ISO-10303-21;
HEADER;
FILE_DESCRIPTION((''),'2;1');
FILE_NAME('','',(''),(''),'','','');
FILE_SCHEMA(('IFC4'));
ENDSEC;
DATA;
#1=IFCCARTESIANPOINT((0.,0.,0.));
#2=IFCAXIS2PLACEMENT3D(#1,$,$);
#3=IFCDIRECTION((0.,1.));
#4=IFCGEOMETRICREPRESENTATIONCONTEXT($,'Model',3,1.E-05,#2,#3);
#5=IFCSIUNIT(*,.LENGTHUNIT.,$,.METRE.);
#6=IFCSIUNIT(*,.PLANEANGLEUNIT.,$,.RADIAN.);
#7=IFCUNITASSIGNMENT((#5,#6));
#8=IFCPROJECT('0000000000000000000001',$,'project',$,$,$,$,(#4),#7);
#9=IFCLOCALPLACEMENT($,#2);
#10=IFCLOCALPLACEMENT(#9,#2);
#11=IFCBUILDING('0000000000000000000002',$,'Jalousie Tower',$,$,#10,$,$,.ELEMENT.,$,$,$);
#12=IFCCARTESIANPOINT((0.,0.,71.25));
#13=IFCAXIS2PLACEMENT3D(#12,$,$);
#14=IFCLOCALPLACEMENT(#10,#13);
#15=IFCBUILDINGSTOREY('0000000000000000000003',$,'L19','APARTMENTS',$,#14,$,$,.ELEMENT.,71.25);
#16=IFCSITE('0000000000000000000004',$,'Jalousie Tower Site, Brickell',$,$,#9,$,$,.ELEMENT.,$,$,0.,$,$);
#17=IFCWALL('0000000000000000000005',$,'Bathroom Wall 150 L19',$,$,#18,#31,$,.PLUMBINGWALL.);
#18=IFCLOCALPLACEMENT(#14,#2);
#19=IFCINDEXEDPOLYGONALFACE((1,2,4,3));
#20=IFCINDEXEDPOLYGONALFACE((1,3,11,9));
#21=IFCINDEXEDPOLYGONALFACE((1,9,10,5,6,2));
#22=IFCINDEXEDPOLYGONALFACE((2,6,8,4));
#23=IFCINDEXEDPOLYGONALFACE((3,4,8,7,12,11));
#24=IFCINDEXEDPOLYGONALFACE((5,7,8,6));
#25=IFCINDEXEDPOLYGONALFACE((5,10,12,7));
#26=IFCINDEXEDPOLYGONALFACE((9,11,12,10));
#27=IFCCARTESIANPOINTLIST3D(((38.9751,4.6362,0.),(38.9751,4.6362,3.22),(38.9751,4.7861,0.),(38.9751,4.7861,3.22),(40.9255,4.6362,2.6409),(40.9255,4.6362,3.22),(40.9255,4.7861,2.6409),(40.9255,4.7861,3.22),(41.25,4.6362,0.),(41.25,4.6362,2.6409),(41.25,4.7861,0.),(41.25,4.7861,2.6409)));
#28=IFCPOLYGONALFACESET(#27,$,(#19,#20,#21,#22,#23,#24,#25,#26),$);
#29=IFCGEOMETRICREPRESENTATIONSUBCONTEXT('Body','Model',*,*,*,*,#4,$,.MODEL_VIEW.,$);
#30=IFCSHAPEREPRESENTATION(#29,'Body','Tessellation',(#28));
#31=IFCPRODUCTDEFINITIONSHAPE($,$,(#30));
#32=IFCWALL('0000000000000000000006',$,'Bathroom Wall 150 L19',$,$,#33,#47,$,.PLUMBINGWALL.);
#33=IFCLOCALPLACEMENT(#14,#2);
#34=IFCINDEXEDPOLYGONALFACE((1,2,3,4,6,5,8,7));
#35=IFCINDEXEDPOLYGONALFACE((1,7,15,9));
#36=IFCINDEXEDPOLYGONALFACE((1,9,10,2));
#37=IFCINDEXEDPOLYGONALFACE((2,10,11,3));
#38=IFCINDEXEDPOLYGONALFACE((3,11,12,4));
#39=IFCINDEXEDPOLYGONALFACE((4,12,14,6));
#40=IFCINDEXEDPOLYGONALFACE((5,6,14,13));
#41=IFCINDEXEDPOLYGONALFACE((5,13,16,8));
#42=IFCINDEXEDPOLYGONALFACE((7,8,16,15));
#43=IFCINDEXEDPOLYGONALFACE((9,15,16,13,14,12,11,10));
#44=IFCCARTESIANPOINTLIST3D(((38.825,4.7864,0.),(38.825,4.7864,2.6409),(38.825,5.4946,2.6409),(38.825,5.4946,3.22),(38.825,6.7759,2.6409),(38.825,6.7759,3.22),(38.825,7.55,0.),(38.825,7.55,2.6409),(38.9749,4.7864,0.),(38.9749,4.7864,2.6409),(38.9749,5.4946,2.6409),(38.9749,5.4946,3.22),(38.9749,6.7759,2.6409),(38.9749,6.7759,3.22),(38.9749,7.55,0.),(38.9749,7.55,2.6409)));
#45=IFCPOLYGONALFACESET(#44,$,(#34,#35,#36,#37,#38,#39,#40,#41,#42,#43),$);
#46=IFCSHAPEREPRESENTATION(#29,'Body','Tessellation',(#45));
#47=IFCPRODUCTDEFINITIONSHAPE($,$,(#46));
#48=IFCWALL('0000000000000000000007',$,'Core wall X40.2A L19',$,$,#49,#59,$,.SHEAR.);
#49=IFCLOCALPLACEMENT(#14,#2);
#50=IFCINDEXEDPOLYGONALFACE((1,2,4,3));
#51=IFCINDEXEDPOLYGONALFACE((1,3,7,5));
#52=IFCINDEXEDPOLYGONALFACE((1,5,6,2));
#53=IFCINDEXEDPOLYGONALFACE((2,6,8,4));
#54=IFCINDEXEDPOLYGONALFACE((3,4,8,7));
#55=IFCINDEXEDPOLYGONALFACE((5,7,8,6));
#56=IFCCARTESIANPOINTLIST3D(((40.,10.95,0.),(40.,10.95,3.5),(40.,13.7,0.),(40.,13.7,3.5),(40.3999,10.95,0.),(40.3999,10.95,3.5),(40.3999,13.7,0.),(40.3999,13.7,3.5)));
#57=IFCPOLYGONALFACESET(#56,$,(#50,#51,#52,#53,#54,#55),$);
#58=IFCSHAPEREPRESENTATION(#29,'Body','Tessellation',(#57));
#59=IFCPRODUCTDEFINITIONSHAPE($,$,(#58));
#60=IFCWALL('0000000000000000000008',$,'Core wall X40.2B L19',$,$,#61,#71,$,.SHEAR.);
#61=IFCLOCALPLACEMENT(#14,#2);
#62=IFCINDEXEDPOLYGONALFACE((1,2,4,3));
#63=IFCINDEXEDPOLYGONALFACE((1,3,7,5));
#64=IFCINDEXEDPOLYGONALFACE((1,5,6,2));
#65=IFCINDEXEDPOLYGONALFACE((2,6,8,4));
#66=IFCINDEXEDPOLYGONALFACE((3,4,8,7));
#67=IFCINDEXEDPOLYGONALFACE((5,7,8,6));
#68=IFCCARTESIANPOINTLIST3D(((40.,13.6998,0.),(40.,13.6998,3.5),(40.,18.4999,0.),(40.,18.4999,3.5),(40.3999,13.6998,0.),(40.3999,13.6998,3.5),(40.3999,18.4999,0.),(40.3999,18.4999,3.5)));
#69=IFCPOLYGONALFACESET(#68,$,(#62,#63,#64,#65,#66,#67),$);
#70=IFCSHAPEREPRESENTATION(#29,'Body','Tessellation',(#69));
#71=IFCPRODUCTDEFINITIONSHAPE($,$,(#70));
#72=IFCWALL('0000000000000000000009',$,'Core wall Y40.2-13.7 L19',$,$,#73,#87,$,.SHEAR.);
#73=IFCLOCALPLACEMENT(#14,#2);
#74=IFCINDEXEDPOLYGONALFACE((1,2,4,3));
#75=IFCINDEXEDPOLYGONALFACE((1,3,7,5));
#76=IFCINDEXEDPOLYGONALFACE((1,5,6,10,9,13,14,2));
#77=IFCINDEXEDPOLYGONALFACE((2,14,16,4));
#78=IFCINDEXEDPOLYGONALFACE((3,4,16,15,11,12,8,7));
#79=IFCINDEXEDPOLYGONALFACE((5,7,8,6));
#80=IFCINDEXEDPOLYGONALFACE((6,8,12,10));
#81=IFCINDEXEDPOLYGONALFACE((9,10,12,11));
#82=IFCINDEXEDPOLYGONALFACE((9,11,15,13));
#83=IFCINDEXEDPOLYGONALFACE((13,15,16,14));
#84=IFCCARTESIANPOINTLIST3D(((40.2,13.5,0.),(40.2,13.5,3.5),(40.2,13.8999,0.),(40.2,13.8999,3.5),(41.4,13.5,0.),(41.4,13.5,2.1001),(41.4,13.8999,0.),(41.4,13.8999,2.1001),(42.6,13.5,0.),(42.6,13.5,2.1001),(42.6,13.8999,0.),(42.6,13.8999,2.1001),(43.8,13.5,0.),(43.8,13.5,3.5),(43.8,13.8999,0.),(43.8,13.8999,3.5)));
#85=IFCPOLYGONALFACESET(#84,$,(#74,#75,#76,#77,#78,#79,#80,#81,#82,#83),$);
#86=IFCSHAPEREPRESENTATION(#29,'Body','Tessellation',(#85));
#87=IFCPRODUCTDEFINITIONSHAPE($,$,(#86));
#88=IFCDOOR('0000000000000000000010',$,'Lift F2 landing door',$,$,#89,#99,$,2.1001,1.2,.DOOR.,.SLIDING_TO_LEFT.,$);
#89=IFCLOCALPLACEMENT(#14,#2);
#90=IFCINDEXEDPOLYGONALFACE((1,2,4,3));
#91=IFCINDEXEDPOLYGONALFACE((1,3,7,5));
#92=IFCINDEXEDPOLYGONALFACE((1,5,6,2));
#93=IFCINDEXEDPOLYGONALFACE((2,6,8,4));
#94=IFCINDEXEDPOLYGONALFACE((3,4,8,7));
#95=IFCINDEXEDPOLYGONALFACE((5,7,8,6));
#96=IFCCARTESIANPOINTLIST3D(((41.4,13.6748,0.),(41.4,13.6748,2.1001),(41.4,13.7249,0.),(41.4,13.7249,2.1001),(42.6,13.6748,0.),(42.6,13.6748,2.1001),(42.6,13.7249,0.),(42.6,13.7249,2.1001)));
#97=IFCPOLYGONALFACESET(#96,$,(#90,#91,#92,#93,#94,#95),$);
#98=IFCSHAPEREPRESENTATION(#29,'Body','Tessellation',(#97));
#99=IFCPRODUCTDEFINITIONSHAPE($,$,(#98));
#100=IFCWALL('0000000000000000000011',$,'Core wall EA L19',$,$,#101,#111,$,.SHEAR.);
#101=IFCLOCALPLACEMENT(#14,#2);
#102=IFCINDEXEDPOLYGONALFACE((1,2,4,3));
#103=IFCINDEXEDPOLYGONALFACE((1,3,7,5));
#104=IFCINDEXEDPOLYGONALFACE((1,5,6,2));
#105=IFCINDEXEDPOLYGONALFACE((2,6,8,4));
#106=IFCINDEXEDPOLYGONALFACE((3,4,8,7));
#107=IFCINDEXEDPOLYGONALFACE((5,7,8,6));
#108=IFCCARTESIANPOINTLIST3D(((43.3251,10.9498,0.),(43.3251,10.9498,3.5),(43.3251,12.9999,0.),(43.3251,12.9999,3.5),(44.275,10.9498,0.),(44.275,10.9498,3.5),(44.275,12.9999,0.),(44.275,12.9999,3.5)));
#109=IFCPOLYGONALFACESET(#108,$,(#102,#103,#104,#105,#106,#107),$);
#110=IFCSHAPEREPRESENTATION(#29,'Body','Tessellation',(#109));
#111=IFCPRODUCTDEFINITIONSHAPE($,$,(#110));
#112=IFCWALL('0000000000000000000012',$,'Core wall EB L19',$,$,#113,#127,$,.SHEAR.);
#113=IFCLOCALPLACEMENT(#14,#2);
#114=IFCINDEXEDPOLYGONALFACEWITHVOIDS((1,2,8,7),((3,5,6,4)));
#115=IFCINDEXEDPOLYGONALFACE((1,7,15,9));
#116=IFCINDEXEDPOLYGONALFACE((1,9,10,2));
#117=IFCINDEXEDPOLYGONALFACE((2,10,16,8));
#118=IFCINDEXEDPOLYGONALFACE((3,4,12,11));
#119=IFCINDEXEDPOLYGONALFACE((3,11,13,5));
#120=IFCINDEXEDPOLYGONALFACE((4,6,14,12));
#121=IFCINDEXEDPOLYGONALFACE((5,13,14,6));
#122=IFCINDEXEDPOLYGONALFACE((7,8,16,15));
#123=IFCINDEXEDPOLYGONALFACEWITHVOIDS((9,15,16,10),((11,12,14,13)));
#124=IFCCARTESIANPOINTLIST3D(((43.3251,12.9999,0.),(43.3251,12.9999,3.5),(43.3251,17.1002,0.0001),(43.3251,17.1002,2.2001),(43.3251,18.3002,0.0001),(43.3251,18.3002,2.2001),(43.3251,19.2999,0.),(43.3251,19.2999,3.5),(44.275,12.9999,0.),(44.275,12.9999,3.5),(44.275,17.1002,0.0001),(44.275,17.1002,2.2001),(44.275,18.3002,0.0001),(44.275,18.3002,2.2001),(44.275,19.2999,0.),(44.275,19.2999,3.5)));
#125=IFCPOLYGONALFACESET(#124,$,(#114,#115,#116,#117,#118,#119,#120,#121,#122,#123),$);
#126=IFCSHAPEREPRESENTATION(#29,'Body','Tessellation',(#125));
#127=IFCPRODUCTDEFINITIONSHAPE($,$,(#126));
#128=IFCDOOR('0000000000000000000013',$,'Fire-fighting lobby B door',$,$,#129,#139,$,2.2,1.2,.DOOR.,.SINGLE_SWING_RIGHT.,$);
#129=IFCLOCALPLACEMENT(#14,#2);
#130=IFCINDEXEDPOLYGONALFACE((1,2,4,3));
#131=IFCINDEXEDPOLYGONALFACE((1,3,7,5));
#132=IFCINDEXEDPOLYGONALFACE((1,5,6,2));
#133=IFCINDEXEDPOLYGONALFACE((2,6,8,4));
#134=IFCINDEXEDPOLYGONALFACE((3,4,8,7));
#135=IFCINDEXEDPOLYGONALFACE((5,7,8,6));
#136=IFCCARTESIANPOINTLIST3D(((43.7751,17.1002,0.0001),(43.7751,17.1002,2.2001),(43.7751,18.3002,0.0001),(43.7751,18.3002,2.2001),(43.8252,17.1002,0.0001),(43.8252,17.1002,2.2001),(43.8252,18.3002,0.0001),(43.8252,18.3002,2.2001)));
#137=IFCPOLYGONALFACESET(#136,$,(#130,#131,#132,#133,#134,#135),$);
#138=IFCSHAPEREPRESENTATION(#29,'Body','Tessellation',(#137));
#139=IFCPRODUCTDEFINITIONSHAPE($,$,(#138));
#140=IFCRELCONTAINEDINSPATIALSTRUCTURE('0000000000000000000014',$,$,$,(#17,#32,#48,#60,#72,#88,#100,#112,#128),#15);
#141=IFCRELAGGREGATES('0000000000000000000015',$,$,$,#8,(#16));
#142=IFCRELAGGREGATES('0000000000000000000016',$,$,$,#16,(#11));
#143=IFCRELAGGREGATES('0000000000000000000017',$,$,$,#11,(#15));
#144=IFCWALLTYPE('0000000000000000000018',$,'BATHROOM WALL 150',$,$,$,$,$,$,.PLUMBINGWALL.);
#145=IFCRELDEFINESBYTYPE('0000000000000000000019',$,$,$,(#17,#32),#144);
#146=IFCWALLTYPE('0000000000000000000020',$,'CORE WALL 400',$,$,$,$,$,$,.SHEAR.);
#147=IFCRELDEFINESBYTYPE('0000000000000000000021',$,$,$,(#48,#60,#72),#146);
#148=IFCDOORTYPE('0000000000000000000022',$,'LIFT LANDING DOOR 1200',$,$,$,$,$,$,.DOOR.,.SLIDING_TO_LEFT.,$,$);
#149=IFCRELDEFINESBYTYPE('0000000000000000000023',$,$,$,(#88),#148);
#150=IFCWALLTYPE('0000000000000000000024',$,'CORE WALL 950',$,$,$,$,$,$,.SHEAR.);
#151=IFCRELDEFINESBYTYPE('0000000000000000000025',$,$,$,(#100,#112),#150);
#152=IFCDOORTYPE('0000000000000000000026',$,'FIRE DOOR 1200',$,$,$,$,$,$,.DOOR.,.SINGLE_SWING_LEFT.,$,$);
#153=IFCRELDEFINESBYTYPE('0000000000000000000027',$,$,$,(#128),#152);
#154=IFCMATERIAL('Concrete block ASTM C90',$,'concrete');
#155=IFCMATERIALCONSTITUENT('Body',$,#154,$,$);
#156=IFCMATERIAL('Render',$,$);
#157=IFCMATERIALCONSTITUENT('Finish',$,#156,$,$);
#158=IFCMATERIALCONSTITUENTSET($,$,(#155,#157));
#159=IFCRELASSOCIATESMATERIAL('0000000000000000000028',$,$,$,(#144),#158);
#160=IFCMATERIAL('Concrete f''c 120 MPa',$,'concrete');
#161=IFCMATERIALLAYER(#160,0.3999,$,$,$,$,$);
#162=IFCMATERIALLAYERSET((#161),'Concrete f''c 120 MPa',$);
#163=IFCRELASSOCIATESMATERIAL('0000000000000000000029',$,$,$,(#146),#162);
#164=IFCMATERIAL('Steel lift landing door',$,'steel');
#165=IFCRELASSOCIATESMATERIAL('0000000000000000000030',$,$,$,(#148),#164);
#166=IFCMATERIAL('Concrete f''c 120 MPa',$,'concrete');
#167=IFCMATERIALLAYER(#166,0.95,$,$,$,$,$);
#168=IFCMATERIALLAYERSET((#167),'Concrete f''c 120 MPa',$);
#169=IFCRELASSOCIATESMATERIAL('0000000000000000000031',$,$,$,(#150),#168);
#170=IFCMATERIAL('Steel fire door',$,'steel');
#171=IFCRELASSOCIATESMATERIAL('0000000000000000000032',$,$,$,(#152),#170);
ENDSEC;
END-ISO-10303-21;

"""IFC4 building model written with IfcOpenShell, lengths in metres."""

from ifc_helpers import new_model, si_unit, direction, frame, frame_2d, origin, place, context, subcontext, project, spatial, polyline, rectangle, outline, extrude, material, layer, layer_set, constituent, constituent_set, type_object, element, fill, save


model = new_model("IFC4")

# Units and contexts
model_context = context("Model", 3, precision=1e-05, world=origin(), true_north=direction((0.0, 1.0)))
body_context = subcontext(model_context, "Body", "Model", "MODEL_VIEW")
ifc_project = project(units=[si_unit("LENGTHUNIT", "METRE"), si_unit("PLANEANGLEUNIT", "RADIAN")], contexts=[model_context])

# Site, building, storey
site_placement = place(None, origin())
site = spatial("IfcSite", under=ifc_project, at=site_placement, Name="Jalousie Tower Site, Brickell", CompositionType="ELEMENT", RefElevation=0.0)
building_placement = place(site_placement, origin())
building = spatial("IfcBuilding", under=site, at=building_placement, Name="Jalousie Tower", CompositionType="ELEMENT")
storey_placement = place(building_placement, frame((0.0, 0.0, 71.25)))
storey = spatial("IfcBuildingStorey", under=building, at=storey_placement, Name="L19", Description="APARTMENTS", CompositionType="ELEMENT", Elevation=71.25)

# Walls
ifc_material_1 = material(Name="Concrete block ASTM C90", Category="concrete")
ifc_constituent_1 = constituent(ifc_material_1, Name="Body")
ifc_material_2 = material(Name="Render")
ifc_constituent_2 = constituent(ifc_material_2, Name="Finish")
ifc_constituent_set_1 = constituent_set(constituents=[ifc_constituent_1, ifc_constituent_2])
wall_type_1 = type_object("IfcWallType", Name="BATHROOM WALL 150", PredefinedType="PLUMBINGWALL", material=ifc_constituent_set_1)
wall_1_placement = place(storey_placement, frame((38.9751, 4.7112, 0.0), z_axis=(0.0, 0.0, 1.0), x_axis=(1.0, 0.0, 0.0)))
element("IfcWall", 1, at=wall_1_placement, inside=storey, type_object=wall_type_1, Name="Bathroom Wall 150 L19", PredefinedType="PLUMBINGWALL", context=body_context, shape_type="SweptSolid", body=[
    extrude(outline(polyline([(0.0, 0.0), (2.2749, 0.0), (2.2749, 2.6409), (1.9504, 2.6409), (1.9504, 3.22), (0.0, 3.22), (0.0, 0.0)])), frame((0.0, 0.075, 0.0), z_axis=(0.0, -1.0, 0.0), x_axis=(1.0, 0.0, 0.0)), (0.0, 0.0, 1.0), 0.1499),
])
wall_2_placement = place(storey_placement, frame((38.8999, 4.7864, 0.0), z_axis=(0.0, 0.0, 1.0), x_axis=(0.0, 1.0, 0.0)))
element("IfcWall", 2, at=wall_2_placement, inside=storey, type_object=wall_type_1, Name="Bathroom Wall 150 L19", PredefinedType="PLUMBINGWALL", context=body_context, shape_type="SweptSolid", body=[
    extrude(outline(polyline([(0.0, 0.0), (2.7637, 0.0), (2.7637, 2.6409), (1.9895, 2.6409), (1.9895, 3.22), (0.7083, 3.22), (0.7083, 2.6409), (0.0, 2.6409), (0.0, 0.0)])), frame((0.0, 0.075, 0.0), z_axis=(0.0, -1.0, 0.0), x_axis=(1.0, 0.0, 0.0)), (0.0, 0.0, 1.0), 0.1499),
])
ifc_material_3 = material(Name="Concrete f'c 120 MPa", Category="concrete")
ifc_layer_1 = layer(ifc_material_3, 0.3999)
ifc_layer_set_1 = layer_set([ifc_layer_1], Name="Concrete f'c 120 MPa")
wall_type_2 = type_object("IfcWallType", Name="CORE WALL 400", PredefinedType="SHEAR", material=ifc_layer_set_1)
wall_3_placement = place(storey_placement, frame((40.2, 10.95, 0.0), z_axis=(0.0, 0.0, 1.0), x_axis=(0.0, 1.0, 0.0)))
element("IfcWall", 3, at=wall_3_placement, inside=storey, type_object=wall_type_2, Name="Core wall X40.2A L19", PredefinedType="SHEAR", context=body_context, shape_type="SweptSolid", body=[
    extrude(rectangle(XDim=2.75, YDim=0.3999, at=frame_2d((1.375, 0.0))), origin(), (0.0, 0.0, 1.0), 3.5),
])
wall_4_placement = place(storey_placement, frame((40.2, 13.7, 0.0), z_axis=(0.0, 0.0, 1.0), x_axis=(0.0, 1.0, 0.0)))
element("IfcWall", 4, at=wall_4_placement, inside=storey, type_object=wall_type_2, Name="Core wall X40.2B L19", PredefinedType="SHEAR", context=body_context, shape_type="SweptSolid", body=[
    extrude(rectangle(XDim=4.8, YDim=0.3999, at=frame_2d((2.3999, 0.0))), origin(), (0.0, 0.0, 1.0), 3.5),
])

# Wall, opening, door
wall_5_placement = place(storey_placement, frame((40.2, 13.7, 0.0), z_axis=(0.0, 0.0, 1.0), x_axis=(1.0, 0.0, 0.0)))
wall_5 = element("IfcWall", 5, at=wall_5_placement, inside=storey, type_object=wall_type_2, Name="Core wall Y40.2-13.7 L19", PredefinedType="SHEAR", context=body_context, shape_type="SweptSolid", body=[
    extrude(rectangle(XDim=3.6001, YDim=0.3999, at=frame_2d((1.8, 0.0))), origin(), (0.0, 0.0, 1.0), 3.5),
])
opening_1_placement = place(wall_5_placement, frame((1.2, 0.0, 0.0)))
opening_1 = element("IfcOpeningElement", 6, at=opening_1_placement, cuts=wall_5, PredefinedType="OPENING", context=body_context, shape_type="SweptSolid", body=[
    extrude(rectangle(XDim=1.2, YDim=2.1001, at=frame_2d((0.6001, 1.05))), frame((0.0, 0.21, 0.0), z_axis=(0.0, -1.0, 0.0), x_axis=(1.0, 0.0, 0.0)), (0.0, 0.0, 1.0), 0.4199),
])
ifc_material_4 = material(Name="Steel lift landing door", Category="steel")
door_type_1 = type_object("IfcDoorType", Name="LIFT LANDING DOOR 1200", OperationType="SLIDING_TO_LEFT", PredefinedType="DOOR", material=ifc_material_4)
door_1_placement = place(opening_1_placement, origin())
door_1 = element("IfcDoor", 7, at=door_1_placement, inside=storey, type_object=door_type_1, Name="Lift F2 landing door", OperationType="SLIDING_TO_LEFT", OverallHeight=2.1001, OverallWidth=1.2, PredefinedType="DOOR", context=body_context, shape_type="SweptSolid", body=[
    extrude(rectangle(XDim=1.2, YDim=2.1001, at=frame_2d((0.6001, 1.05))), frame((0.0, 0.0249, 0.0), z_axis=(0.0, -1.0, 0.0), x_axis=(1.0, 0.0, 0.0)), (0.0, 0.0, 1.0), 0.05),
])
fill(opening_1, door_1)

# Wall
ifc_material_5 = material(Name="Concrete f'c 120 MPa", Category="concrete")
ifc_layer_2 = layer(ifc_material_5, 0.95)
ifc_layer_set_2 = layer_set([ifc_layer_2], Name="Concrete f'c 120 MPa")
wall_type_3 = type_object("IfcWallType", Name="CORE WALL 950", PredefinedType="SHEAR", material=ifc_layer_set_2)
wall_6_placement = place(storey_placement, frame((43.8, 10.95, 0.0), z_axis=(0.0, 0.0, 1.0), x_axis=(0.0, 1.0, 0.0)))
element("IfcWall", 8, at=wall_6_placement, inside=storey, type_object=wall_type_3, Name="Core wall EA L19", PredefinedType="SHEAR", context=body_context, shape_type="SweptSolid", body=[
    extrude(rectangle(XDim=2.05, YDim=0.95, at=frame_2d((1.0249, 0.0))), origin(), (0.0, 0.0, 1.0), 3.5),
])

# Wall, opening, door
wall_7_placement = place(storey_placement, frame((43.8, 13.0, 0.0), z_axis=(0.0, 0.0, 1.0), x_axis=(0.0, 1.0, 0.0)))
wall_7 = element("IfcWall", 9, at=wall_7_placement, inside=storey, type_object=wall_type_3, Name="Core wall EB L19", PredefinedType="SHEAR", context=body_context, shape_type="SweptSolid", body=[
    extrude(rectangle(XDim=6.3, YDim=0.95, at=frame_2d((3.1499, 0.0))), origin(), (0.0, 0.0, 1.0), 3.5),
])
opening_2_placement = place(wall_7_placement, frame((4.1001, 0.0, 0.0)))
opening_2 = element("IfcOpeningElement", 10, at=opening_2_placement, cuts=wall_7, PredefinedType="OPENING", context=body_context, shape_type="SweptSolid", body=[
    extrude(rectangle(XDim=1.2, YDim=2.2, at=frame_2d((0.6001, 1.1001))), frame((0.0, 0.4849, 0.0), z_axis=(0.0, -1.0, 0.0), x_axis=(1.0, 0.0, 0.0)), (0.0, 0.0, 1.0), 0.97),
])
ifc_material_6 = material(Name="Steel fire door", Category="steel")
door_type_2 = type_object("IfcDoorType", Name="FIRE DOOR 1200", OperationType="SINGLE_SWING_LEFT", PredefinedType="DOOR", material=ifc_material_6)
door_2_placement = place(opening_2_placement, origin())
door_2 = element("IfcDoor", 11, at=door_2_placement, inside=storey, type_object=door_type_2, Name="Fire-fighting lobby B door", OperationType="SINGLE_SWING_RIGHT", OverallHeight=2.2, OverallWidth=1.2, PredefinedType="DOOR", context=body_context, shape_type="SweptSolid", body=[
    extrude(rectangle(XDim=1.2, YDim=2.2, at=frame_2d((0.6001, 1.1001))), frame((0.0, 0.0249, 0.0), z_axis=(0.0, -1.0, 0.0), x_axis=(1.0, 0.0, 0.0)), (0.0, 0.0, 1.0), 0.05),
])
fill(opening_2, door_2)

save(model, "model.ifc")
